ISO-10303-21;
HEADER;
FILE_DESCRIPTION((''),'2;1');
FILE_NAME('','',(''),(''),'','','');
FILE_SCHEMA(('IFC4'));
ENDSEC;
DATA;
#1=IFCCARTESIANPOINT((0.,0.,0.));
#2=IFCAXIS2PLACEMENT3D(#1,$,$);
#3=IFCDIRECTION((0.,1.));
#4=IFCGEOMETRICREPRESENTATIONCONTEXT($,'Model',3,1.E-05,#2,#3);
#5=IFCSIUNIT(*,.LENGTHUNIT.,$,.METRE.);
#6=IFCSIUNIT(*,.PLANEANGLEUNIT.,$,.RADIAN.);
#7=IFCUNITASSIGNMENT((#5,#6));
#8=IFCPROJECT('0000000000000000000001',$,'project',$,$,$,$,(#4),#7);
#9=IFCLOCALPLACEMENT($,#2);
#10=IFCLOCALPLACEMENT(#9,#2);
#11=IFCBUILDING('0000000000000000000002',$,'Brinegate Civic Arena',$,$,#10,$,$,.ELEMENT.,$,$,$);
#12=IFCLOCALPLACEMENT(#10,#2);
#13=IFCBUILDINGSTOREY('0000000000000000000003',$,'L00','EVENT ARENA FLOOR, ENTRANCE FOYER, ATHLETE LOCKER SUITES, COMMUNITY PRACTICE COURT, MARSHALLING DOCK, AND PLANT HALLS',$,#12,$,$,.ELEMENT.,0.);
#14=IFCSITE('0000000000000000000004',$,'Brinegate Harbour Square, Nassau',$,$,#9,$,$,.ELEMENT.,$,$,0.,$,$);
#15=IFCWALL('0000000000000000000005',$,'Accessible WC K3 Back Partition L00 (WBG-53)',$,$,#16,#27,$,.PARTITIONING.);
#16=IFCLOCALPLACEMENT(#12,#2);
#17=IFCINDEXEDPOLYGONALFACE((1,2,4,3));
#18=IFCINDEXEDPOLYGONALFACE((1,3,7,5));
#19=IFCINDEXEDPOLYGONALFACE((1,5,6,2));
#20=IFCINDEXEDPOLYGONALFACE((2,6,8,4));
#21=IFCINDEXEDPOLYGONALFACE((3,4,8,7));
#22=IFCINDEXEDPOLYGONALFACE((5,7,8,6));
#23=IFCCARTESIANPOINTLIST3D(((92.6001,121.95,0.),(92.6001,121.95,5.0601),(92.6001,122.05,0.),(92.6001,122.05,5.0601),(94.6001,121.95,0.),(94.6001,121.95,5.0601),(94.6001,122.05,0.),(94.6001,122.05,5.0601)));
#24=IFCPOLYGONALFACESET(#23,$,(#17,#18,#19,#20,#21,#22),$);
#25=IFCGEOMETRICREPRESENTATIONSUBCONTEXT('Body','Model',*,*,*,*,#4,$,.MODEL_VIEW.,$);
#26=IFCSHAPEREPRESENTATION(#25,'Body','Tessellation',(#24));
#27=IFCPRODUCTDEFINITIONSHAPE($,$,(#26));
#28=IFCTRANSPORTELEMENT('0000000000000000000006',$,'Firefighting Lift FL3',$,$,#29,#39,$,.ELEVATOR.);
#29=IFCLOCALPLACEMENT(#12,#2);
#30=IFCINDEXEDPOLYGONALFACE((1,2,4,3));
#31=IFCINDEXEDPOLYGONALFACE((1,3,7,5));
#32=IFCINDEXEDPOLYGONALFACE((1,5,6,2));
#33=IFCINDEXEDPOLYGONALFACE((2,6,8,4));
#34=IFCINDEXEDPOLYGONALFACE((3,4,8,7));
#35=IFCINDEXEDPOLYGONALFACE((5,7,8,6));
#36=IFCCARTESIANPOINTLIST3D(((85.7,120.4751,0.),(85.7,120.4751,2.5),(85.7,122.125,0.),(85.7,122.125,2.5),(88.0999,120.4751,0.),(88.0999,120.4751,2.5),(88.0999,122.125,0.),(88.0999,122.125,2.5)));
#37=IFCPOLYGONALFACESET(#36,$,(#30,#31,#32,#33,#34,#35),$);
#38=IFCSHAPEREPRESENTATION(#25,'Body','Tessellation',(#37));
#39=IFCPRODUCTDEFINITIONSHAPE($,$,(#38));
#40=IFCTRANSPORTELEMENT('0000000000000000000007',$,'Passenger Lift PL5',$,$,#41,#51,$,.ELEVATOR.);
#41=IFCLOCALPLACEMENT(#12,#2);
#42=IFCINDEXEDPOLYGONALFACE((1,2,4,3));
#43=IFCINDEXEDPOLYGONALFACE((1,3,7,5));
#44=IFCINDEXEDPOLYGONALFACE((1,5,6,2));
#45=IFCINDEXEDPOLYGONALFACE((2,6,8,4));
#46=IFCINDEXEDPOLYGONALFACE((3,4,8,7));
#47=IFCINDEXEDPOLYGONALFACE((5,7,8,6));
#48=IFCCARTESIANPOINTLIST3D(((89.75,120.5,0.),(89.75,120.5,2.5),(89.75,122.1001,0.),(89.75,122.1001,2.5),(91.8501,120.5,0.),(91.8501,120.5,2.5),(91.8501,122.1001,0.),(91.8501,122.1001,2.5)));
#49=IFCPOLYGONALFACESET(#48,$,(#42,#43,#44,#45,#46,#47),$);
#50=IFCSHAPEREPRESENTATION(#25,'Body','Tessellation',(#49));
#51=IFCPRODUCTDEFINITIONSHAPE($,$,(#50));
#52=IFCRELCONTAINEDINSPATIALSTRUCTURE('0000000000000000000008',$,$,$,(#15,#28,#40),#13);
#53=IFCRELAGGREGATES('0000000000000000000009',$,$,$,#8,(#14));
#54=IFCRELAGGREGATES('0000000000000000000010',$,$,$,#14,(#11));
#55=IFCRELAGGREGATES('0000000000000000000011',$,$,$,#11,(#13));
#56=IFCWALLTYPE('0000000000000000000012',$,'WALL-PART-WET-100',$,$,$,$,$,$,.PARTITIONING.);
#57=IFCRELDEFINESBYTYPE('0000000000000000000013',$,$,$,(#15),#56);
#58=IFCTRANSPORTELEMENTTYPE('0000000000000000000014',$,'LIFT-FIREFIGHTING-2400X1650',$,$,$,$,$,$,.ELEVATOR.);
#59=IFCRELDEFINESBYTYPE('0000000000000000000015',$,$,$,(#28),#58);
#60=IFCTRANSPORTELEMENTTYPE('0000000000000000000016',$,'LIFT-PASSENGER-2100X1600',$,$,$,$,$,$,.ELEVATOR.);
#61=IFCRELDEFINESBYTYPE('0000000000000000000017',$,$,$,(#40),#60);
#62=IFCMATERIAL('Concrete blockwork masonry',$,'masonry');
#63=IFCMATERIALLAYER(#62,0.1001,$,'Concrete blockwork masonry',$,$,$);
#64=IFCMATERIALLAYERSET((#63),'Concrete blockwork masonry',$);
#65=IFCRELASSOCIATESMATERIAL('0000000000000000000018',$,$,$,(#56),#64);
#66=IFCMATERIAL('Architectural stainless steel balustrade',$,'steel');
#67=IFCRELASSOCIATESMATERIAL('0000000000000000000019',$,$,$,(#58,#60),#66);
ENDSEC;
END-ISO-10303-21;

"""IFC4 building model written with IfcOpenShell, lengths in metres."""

from ifc_helpers import new_model, si_unit, direction, frame, frame_2d, origin, origin_2d, place, context, subcontext, project, spatial, rectangle, extrude, material, layer, layer_set, type_object, element, save


model = new_model("IFC4")

# Units and contexts
model_context = context("Model", 3, precision=1e-05, world=origin(), true_north=direction((0.0, 1.0)))
body_context = subcontext(model_context, "Body", "Model", "MODEL_VIEW")
ifc_project = project(units=[si_unit("LENGTHUNIT", "METRE"), si_unit("PLANEANGLEUNIT", "RADIAN")], contexts=[model_context])

# Site, building, storey
site_placement = place(None, origin())
site = spatial("IfcSite", under=ifc_project, at=site_placement, Name="Brinegate Harbour Square, Nassau", CompositionType="ELEMENT", RefElevation=0.0)
building_placement = place(site_placement, origin())
building = spatial("IfcBuilding", under=site, at=building_placement, Name="Brinegate Civic Arena", CompositionType="ELEMENT")
storey_placement = place(building_placement, origin())
storey = spatial("IfcBuildingStorey", under=building, at=storey_placement, Name="L00", Description="EVENT ARENA FLOOR, ENTRANCE FOYER, ATHLETE LOCKER SUITES, COMMUNITY PRACTICE COURT, MARSHALLING DOCK, AND PLANT HALLS", CompositionType="ELEMENT", Elevation=0.0)

# Shared definitions
ifc_material_1 = material(Name="Architectural stainless steel balustrade", Category="steel")

# Wall
ifc_material_2 = material(Name="Concrete blockwork masonry", Category="masonry")
ifc_layer_1 = layer(ifc_material_2, 0.1001, Name="Concrete blockwork masonry")
ifc_layer_set_1 = layer_set([ifc_layer_1], Name="Concrete blockwork masonry")
wall_type_1 = type_object("IfcWallType", Name="WALL-PART-WET-100", PredefinedType="PARTITIONING", material=ifc_layer_set_1)
wall_1_placement = place(storey_placement, frame((92.6001, 122.0, 0.0), z_axis=(0.0, 0.0, 1.0), x_axis=(1.0, 0.0, 0.0)))
element("IfcWall", 1, at=wall_1_placement, inside=storey, type_object=wall_type_1, Name="Accessible WC K3 Back Partition L00 (WBG-53)", PredefinedType="PARTITIONING", context=body_context, shape_type="SweptSolid", body=[
    extrude(rectangle(XDim=2.0, YDim=0.1001, at=frame_2d((1.0, 0.0))), origin(), (0.0, 0.0, 1.0), 5.0601),
])

# Transport elements
transport_element_type_1 = type_object("IfcTransportElementType", Name="LIFT-FIREFIGHTING-2400X1650", PredefinedType="ELEVATOR", material=ifc_material_1)
transport_element_1_placement = place(storey_placement, frame((86.8999, 121.3, 0.0), z_axis=(0.0, 0.0, 1.0), x_axis=(1.0, 0.0, 0.0)))
element("IfcTransportElement", 2, at=transport_element_1_placement, inside=storey, type_object=transport_element_type_1, Name="Firefighting Lift FL3", PredefinedType="ELEVATOR", context=body_context, shape_type="SweptSolid", body=[
    extrude(rectangle(XDim=2.3999, YDim=1.6499, at=origin_2d()), origin(), (0.0, 0.0, 1.0), 2.5),
])
transport_element_type_2 = type_object("IfcTransportElementType", Name="LIFT-PASSENGER-2100X1600", PredefinedType="ELEVATOR", material=ifc_material_1)
transport_element_2_placement = place(storey_placement, frame((90.8, 121.3, 0.0), z_axis=(0.0, 0.0, 1.0), x_axis=(1.0, 0.0, 0.0)))
element("IfcTransportElement", 3, at=transport_element_2_placement, inside=storey, type_object=transport_element_type_2, Name="Passenger Lift PL5", PredefinedType="ELEVATOR", context=body_context, shape_type="SweptSolid", body=[
    extrude(rectangle(XDim=2.1001, YDim=1.6001, at=origin_2d()), origin(), (0.0, 0.0, 1.0), 2.5),
])

save(model, "model.ifc")
